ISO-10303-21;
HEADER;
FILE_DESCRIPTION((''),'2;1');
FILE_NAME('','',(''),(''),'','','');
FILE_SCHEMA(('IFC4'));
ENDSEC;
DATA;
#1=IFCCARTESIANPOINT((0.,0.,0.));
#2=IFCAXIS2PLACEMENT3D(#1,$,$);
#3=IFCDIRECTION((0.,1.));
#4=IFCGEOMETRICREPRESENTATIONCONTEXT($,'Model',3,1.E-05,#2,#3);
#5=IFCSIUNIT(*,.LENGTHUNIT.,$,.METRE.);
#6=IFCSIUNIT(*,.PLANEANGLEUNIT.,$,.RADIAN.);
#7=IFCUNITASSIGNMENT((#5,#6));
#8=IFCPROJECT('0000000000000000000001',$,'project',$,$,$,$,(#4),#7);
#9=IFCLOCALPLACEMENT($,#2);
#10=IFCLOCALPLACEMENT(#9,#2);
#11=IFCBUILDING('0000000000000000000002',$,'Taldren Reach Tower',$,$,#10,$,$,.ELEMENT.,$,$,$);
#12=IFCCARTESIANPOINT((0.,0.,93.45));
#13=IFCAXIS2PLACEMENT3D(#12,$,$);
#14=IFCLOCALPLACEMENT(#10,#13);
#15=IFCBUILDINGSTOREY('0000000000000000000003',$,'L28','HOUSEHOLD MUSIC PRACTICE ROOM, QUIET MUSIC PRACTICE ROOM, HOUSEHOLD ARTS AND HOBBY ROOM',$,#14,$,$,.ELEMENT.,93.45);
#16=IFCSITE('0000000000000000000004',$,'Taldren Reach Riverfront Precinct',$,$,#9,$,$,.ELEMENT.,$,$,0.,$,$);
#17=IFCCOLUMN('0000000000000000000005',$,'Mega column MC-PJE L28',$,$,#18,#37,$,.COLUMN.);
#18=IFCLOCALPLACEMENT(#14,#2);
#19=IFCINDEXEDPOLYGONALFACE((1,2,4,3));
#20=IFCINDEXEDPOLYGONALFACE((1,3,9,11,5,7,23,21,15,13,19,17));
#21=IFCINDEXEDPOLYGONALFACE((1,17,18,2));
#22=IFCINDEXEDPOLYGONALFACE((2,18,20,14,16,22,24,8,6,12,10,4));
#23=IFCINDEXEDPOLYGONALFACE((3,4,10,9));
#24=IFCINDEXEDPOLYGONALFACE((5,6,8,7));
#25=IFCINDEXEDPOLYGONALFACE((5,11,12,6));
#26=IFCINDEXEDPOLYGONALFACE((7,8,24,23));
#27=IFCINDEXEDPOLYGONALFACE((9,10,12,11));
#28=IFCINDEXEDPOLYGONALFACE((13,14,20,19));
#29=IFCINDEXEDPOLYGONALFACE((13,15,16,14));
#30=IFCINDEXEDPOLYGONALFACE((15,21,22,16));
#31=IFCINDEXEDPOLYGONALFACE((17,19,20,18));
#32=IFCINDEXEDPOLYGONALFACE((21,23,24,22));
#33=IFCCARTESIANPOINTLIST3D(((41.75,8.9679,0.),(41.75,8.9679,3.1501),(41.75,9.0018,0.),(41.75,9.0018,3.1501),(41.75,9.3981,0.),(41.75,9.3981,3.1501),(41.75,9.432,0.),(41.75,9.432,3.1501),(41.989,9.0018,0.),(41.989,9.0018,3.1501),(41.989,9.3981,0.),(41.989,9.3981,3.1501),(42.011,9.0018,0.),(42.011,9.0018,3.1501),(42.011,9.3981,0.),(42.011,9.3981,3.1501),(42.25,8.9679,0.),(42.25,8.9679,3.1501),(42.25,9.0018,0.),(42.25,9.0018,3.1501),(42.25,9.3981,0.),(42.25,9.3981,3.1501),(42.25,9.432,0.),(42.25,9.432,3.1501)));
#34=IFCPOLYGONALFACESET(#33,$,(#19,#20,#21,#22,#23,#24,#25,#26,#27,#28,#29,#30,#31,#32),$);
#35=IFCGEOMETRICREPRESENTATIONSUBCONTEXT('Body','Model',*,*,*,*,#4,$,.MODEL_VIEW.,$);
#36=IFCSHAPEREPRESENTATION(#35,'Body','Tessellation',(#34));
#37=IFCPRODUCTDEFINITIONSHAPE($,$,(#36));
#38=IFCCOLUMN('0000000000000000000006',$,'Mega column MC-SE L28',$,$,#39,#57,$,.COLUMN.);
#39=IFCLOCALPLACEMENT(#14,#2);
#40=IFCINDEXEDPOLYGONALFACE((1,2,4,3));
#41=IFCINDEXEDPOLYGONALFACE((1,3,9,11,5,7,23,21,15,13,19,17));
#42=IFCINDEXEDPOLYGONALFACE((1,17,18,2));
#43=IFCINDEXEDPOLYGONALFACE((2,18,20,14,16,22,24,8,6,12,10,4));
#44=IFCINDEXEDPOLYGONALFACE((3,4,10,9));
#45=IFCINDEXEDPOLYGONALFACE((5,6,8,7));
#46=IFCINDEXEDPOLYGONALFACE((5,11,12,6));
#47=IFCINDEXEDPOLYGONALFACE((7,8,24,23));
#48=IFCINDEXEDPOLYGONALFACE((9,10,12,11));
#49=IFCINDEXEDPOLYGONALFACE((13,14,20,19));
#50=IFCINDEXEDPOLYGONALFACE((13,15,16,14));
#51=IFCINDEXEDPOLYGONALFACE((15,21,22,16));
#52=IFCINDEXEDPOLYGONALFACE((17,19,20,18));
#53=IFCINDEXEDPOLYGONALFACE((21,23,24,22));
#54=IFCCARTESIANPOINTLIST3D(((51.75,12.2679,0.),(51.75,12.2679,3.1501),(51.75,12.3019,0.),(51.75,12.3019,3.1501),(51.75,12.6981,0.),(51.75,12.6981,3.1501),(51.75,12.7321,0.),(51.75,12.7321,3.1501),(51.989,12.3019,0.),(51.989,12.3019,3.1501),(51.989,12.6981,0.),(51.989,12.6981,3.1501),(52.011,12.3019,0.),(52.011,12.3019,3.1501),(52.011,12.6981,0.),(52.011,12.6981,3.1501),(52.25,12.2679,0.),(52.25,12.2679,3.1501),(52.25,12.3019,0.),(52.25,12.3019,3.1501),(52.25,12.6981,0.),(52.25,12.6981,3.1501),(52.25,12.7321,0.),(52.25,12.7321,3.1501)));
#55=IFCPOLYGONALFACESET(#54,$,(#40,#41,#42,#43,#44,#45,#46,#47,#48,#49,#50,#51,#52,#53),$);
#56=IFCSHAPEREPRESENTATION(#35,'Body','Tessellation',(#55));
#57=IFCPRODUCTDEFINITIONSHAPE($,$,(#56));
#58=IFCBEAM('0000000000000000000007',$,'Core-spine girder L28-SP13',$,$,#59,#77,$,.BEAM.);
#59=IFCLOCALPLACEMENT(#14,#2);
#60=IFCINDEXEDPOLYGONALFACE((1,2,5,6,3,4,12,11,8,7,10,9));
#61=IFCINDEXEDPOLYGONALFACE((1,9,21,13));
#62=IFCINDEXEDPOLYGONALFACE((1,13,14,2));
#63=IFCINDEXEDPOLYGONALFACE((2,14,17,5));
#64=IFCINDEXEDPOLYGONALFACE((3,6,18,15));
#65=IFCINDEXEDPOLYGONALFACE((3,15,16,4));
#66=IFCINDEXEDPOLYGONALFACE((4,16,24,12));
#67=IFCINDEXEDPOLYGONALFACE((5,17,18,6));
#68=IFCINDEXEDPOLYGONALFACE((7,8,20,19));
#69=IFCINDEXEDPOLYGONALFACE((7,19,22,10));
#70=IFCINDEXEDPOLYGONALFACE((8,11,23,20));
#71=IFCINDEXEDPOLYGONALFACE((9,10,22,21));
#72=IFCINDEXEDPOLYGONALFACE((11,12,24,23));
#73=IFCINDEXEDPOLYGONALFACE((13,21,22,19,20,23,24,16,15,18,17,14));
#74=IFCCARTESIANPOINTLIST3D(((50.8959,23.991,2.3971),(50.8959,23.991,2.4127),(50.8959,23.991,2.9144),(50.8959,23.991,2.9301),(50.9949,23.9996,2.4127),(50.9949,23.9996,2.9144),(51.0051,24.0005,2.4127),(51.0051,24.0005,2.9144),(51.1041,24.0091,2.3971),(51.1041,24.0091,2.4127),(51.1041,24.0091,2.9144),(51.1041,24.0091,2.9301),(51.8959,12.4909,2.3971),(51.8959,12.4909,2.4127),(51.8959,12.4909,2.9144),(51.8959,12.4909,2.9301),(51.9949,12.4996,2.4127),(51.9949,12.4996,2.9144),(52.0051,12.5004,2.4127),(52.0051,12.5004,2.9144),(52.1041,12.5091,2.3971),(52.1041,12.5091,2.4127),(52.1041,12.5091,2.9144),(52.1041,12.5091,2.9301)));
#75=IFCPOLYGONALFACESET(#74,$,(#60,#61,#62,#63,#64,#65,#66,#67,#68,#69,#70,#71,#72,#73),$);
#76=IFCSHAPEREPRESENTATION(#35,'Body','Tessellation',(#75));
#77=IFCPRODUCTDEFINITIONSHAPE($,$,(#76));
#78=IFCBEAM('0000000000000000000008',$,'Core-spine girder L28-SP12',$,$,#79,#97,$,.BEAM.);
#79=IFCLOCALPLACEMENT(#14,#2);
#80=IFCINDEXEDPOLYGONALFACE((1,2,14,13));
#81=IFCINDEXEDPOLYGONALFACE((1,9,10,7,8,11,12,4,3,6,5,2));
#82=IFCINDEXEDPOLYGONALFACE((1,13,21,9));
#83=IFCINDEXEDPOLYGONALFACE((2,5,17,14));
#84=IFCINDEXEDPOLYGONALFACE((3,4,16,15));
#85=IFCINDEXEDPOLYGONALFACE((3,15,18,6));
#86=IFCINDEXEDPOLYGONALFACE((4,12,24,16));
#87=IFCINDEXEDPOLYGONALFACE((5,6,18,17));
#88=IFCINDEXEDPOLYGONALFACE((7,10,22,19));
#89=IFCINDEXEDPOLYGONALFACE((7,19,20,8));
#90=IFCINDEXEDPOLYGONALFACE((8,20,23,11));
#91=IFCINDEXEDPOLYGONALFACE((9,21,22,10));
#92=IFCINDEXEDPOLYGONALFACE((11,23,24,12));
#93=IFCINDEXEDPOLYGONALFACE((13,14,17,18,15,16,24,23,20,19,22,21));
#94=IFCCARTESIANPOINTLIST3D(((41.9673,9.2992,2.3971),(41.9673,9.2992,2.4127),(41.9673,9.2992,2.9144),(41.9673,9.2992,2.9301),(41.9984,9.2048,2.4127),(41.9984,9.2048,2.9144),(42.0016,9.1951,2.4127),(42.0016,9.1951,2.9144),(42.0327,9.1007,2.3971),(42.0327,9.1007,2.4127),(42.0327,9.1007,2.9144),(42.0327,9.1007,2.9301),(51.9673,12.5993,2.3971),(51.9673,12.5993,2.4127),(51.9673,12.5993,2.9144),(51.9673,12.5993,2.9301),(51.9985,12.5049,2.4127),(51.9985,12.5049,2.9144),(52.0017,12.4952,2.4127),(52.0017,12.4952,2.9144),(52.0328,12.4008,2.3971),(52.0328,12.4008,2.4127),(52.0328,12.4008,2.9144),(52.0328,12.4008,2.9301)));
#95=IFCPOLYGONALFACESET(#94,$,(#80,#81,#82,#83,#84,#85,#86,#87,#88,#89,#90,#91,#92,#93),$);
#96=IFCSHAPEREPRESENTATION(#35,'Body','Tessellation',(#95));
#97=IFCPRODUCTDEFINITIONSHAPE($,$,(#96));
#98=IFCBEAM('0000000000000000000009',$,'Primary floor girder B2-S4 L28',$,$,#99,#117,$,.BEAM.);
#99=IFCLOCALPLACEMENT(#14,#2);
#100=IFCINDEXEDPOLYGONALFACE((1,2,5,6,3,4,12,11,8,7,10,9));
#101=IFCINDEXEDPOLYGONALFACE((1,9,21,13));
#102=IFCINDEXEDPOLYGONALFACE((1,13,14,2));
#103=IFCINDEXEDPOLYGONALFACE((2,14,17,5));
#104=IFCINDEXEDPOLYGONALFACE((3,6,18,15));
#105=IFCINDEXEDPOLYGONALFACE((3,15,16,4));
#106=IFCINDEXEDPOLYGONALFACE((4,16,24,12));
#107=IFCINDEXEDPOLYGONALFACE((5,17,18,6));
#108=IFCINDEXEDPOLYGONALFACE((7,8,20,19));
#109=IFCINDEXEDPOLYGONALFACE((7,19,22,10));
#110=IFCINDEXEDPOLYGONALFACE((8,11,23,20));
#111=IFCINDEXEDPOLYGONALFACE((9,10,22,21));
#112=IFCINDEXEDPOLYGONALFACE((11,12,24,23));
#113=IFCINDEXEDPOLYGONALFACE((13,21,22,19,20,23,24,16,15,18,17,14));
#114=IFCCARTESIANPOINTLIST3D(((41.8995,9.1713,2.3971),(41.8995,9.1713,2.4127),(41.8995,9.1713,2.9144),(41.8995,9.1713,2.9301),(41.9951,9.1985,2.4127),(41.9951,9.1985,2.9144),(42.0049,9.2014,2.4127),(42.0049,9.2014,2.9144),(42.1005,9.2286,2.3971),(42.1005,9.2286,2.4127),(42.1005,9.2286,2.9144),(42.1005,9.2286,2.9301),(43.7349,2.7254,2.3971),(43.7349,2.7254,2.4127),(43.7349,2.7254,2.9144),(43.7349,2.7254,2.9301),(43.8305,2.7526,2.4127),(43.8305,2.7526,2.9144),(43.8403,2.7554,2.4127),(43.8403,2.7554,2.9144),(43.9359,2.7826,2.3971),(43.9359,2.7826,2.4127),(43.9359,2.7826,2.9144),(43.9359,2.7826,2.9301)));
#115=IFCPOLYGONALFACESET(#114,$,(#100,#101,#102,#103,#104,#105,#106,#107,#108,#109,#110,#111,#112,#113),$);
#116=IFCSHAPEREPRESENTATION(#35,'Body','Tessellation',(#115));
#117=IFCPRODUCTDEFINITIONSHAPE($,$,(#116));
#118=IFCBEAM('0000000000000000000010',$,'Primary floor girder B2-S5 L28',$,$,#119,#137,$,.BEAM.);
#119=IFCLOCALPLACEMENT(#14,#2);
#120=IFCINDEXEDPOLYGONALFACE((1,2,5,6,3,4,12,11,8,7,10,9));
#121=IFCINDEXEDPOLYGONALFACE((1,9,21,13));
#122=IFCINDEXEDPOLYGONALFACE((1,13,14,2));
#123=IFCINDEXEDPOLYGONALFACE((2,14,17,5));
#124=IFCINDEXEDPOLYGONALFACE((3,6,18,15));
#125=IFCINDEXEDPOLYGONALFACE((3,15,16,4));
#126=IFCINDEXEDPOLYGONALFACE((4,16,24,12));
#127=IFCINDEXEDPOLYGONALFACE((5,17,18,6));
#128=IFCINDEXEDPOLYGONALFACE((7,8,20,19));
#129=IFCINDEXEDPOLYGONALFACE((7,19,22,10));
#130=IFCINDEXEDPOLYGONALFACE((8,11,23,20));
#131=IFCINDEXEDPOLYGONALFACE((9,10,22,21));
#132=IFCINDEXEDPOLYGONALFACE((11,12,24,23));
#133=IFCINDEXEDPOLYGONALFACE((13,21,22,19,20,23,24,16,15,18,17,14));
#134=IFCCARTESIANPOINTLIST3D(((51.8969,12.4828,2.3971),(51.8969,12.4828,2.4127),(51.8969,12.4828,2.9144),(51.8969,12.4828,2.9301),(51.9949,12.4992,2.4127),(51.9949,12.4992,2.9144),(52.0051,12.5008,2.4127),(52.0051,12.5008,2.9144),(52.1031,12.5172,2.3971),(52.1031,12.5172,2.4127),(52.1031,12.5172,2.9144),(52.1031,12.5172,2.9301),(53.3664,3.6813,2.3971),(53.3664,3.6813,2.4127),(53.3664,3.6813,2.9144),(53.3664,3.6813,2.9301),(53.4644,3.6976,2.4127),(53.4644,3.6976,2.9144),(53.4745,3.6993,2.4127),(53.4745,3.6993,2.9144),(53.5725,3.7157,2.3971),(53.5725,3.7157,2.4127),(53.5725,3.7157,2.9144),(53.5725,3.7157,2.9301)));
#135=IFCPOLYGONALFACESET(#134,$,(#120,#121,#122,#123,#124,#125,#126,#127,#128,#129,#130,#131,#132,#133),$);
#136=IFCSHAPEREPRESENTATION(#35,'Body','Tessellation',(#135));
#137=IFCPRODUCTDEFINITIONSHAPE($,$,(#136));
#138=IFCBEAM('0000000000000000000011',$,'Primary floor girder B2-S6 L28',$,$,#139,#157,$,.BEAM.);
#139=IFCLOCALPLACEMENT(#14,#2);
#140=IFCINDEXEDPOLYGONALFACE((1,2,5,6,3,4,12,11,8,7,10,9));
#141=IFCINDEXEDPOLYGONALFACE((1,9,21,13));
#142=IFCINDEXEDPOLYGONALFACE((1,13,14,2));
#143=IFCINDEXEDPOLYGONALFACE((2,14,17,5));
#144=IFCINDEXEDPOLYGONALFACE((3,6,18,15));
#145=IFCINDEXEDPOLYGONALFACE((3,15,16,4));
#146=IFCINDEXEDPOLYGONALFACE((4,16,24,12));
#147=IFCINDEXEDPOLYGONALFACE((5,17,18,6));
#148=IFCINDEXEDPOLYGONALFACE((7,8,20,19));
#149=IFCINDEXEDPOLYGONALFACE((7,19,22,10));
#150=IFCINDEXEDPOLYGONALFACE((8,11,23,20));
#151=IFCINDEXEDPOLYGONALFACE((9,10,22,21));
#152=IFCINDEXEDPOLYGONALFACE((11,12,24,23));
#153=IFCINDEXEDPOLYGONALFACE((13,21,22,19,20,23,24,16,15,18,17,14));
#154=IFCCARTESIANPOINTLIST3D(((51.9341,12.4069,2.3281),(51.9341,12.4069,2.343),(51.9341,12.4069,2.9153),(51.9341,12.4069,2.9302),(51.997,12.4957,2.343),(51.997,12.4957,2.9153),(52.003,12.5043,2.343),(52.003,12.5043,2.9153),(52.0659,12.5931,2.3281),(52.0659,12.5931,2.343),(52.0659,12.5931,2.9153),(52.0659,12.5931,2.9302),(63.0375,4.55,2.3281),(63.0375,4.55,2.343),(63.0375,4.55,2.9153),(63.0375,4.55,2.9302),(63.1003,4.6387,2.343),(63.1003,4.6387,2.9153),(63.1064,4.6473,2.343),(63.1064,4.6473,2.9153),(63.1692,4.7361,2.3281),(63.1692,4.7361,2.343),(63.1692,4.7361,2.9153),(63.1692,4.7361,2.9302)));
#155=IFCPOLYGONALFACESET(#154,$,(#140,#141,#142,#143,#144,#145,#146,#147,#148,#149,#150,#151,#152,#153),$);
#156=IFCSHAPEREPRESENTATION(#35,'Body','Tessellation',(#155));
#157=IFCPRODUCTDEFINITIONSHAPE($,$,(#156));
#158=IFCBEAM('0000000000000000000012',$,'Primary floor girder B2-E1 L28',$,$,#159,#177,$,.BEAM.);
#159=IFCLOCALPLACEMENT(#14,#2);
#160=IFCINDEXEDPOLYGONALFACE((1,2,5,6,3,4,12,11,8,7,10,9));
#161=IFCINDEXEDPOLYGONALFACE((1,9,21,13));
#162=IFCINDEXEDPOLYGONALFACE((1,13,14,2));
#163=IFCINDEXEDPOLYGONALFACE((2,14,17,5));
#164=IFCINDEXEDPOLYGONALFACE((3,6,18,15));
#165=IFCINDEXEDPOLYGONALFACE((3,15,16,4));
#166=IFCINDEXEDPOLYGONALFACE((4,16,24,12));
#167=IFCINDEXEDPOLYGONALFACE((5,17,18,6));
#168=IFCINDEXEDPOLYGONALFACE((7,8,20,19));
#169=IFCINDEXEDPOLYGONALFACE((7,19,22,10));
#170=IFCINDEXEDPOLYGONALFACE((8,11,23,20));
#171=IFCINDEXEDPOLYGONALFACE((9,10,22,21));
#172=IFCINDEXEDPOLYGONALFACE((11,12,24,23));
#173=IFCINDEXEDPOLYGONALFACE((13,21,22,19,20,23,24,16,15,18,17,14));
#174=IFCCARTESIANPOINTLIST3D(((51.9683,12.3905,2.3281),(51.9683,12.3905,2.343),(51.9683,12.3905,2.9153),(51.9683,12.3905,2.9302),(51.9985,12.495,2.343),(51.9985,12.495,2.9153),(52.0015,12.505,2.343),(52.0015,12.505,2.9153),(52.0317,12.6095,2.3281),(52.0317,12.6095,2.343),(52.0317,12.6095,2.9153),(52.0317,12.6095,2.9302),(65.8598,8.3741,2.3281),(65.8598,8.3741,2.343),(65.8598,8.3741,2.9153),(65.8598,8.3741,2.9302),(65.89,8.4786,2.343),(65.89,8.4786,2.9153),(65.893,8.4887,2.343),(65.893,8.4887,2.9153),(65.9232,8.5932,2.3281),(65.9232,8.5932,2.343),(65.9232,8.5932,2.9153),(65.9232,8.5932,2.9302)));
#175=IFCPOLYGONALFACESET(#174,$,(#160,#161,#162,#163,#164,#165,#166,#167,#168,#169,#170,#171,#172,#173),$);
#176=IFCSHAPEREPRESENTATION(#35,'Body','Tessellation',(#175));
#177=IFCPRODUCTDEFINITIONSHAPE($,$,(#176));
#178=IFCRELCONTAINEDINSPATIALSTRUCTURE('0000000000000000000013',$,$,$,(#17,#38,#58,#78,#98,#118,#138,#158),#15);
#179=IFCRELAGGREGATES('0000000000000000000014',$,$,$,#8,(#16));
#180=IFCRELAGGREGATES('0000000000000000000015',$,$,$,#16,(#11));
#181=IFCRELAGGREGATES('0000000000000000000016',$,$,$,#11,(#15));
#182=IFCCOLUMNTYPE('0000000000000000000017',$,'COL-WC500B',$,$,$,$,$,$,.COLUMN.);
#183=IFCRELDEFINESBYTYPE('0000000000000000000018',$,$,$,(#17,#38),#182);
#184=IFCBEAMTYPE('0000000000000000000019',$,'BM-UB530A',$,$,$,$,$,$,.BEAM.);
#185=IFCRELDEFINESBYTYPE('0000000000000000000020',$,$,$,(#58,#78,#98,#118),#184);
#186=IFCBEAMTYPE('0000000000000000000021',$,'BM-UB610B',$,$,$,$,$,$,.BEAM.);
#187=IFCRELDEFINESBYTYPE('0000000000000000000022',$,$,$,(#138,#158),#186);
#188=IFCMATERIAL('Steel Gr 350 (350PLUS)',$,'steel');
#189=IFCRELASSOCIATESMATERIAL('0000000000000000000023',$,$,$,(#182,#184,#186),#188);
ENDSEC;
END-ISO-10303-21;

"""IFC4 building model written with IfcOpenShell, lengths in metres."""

from ifc_helpers import new_model, si_unit, direction, frame, origin, origin_2d, place, context, subcontext, project, spatial, i_section, extrude, source, transform, mapped, material, material_profile, profile_set, type_object, element, save


model = new_model("IFC4")

# Units and contexts
model_context = context("Model", 3, precision=1e-05, world=origin(), true_north=direction((0.0, 1.0)))
body_context = subcontext(model_context, "Body", "Model", "MODEL_VIEW")
ifc_project = project(units=[si_unit("LENGTHUNIT", "METRE"), si_unit("PLANEANGLEUNIT", "RADIAN")], contexts=[model_context])

# Site, building, storey
site_placement = place(None, origin())
site = spatial("IfcSite", under=ifc_project, at=site_placement, Name="Taldren Reach Riverfront Precinct", CompositionType="ELEMENT", RefElevation=0.0)
building_placement = place(site_placement, origin())
building = spatial("IfcBuilding", under=site, at=building_placement, Name="Taldren Reach Tower", CompositionType="ELEMENT")
storey_placement = place(building_placement, frame((0.0, 0.0, 93.45)))
storey = spatial("IfcBuildingStorey", under=building, at=storey_placement, Name="L28", Description="HOUSEHOLD MUSIC PRACTICE ROOM, QUIET MUSIC PRACTICE ROOM, HOUSEHOLD ARTS AND HOBBY ROOM", CompositionType="ELEMENT", Elevation=93.45)

# Columns
ifc_material_1 = material(Name="Steel Gr 350 (350PLUS)", Category="steel")
ifc_material_profile_1 = material_profile(ifc_material_1, i_section(OverallWidth=0.5, OverallDepth=0.4641, WebThickness=0.022, FlangeThickness=0.0339, at=origin_2d()), Name="500WC340")
ifc_profile_set_1 = profile_set([ifc_material_profile_1], Name="Steel Gr 350 (350PLUS)")
column_type = type_object("IfcColumnType", Name="COL-WC500B", PredefinedType="COLUMN", material=ifc_profile_set_1)
shared_shape_1 = source(origin(), body_context, "Body", "SweptSolid", [
    extrude(i_section(OverallWidth=0.5, OverallDepth=0.4641, WebThickness=0.022, FlangeThickness=0.0339, at=origin_2d()), origin(), (0.0, 0.0, 1.0), 3.1501),
])
for number, where, z_axis, x_axis, name in (
    (1, (42.0, 9.2, 0.0), (0.0, 0.0, 1.0), (1.0, 0.0, 0.0), "Mega column MC-PJE L28"),
    (2, (52.0, 12.5, 0.0), (0.0, 0.0, 1.0), (1.0, 0.0, 0.0), "Mega column MC-SE L28"),
):
    element("IfcColumn", number, at=place(storey_placement, frame(where, z_axis=z_axis, x_axis=x_axis)), inside=storey, type_object=column_type, Name=name, PredefinedType="COLUMN", context=body_context, shape_type="MappedRepresentation", body=[
        mapped(shared_shape_1, transform((0.0, 0.0, 0.0), scale=1.0)),
    ])

# Beams
ifc_material_profile_2 = material_profile(ifc_material_1, i_section(OverallWidth=0.209, OverallDepth=0.533, WebThickness=0.0103, FlangeThickness=0.0156, at=origin_2d()), Name="530UB92.4")
ifc_profile_set_2 = profile_set([ifc_material_profile_2], Name="Steel Gr 350 (350PLUS)")
beam_type_1 = type_object("IfcBeamType", Name="BM-UB530A", PredefinedType="BEAM", material=ifc_profile_set_2)
shared_shape_2 = source(origin(), body_context, "Body", "SweptSolid", [
    extrude(i_section(OverallWidth=0.209, OverallDepth=0.533, WebThickness=0.0103, FlangeThickness=0.0156, at=origin_2d()), origin(), (0.0, 0.0, 1.0), 11.5435),
])
beam_1_placement = place(storey_placement, frame((52.0, 12.5, 2.6636), z_axis=(-0.08663, 0.996241, 0.0), x_axis=(-0.996241, -0.08663, 0.0)))
element("IfcBeam", 3, at=beam_1_placement, inside=storey, type_object=beam_type_1, Name="Core-spine girder L28-SP13", PredefinedType="BEAM", context=body_context, shape_type="MappedRepresentation", body=[
    mapped(shared_shape_2, transform((0.0, 0.0, 0.0), scale=1.0)),
])
shared_shape_3 = source(origin(), body_context, "Body", "SweptSolid", [
    extrude(i_section(OverallWidth=0.209, OverallDepth=0.533, WebThickness=0.0103, FlangeThickness=0.0156, at=origin_2d()), origin(), (0.0, 0.0, 1.0), 10.5305),
])
beam_2_placement = place(storey_placement, frame((42.0, 9.2, 2.6636), z_axis=(0.949627, 0.313382, 0.0), x_axis=(-0.313382, 0.949627, 0.0)))
element("IfcBeam", 4, at=beam_2_placement, inside=storey, type_object=beam_type_1, Name="Core-spine girder L28-SP12", PredefinedType="BEAM", context=body_context, shape_type="MappedRepresentation", body=[
    mapped(shared_shape_3, transform((0.0, 0.0, 0.0), scale=1.0)),
])
shared_shape_4 = source(origin(), body_context, "Body", "SweptSolid", [
    extrude(i_section(OverallWidth=0.209, OverallDepth=0.533, WebThickness=0.0103, FlangeThickness=0.0156, at=origin_2d()), origin(), (0.0, 0.0, 1.0), 6.7021),
])
beam_3_placement = place(storey_placement, frame((42.0, 9.2, 2.6636), z_axis=(0.273855, -0.961771, 0.0), x_axis=(0.961771, 0.273855, 0.0)))
element("IfcBeam", 5, at=beam_3_placement, inside=storey, type_object=beam_type_1, Name="Primary floor girder B2-S4 L28", PredefinedType="BEAM", context=body_context, shape_type="MappedRepresentation", body=[
    mapped(shared_shape_4, transform((0.0, 0.0, 0.0), scale=1.0)),
])
shared_shape_5 = source(origin(), body_context, "Body", "SweptSolid", [
    extrude(i_section(OverallWidth=0.209, OverallDepth=0.533, WebThickness=0.0103, FlangeThickness=0.0156, at=origin_2d()), origin(), (0.0, 0.0, 1.0), 8.9233),
])
beam_4_placement = place(storey_placement, frame((52.0, 12.5, 2.6636), z_axis=(0.164678, -0.986347, 0.0), x_axis=(0.986347, 0.164678, 0.0)))
element("IfcBeam", 6, at=beam_4_placement, inside=storey, type_object=beam_type_1, Name="Primary floor girder B2-S5 L28", PredefinedType="BEAM", context=body_context, shape_type="MappedRepresentation", body=[
    mapped(shared_shape_5, transform((0.0, 0.0, 0.0), scale=1.0)),
])
ifc_material_profile_3 = material_profile(ifc_material_1, i_section(OverallWidth=0.228, OverallDepth=0.6021, WebThickness=0.0105, FlangeThickness=0.0149, at=origin_2d()), Name="610UB101")
ifc_profile_set_3 = profile_set([ifc_material_profile_3], Name="Steel Gr 350 (350PLUS)")
beam_type_2 = type_object("IfcBeamType", Name="BM-UB610B", PredefinedType="BEAM", material=ifc_profile_set_3)
shared_shape_6 = source(origin(), body_context, "Body", "SweptSolid", [
    extrude(i_section(OverallWidth=0.228, OverallDepth=0.6021, WebThickness=0.0105, FlangeThickness=0.0149, at=origin_2d()), origin(), (0.0, 0.0, 1.0), 13.6021),
])
beam_5_placement = place(storey_placement, frame((52.0, 12.5, 2.6292), z_axis=(0.816298, -0.577631, 0.0), x_axis=(0.577631, 0.816298, 0.0)))
element("IfcBeam", 7, at=beam_5_placement, inside=storey, type_object=beam_type_2, Name="Primary floor girder B2-S6 L28", PredefinedType="BEAM", context=body_context, shape_type="MappedRepresentation", body=[
    mapped(shared_shape_6, transform((0.0, 0.0, 0.0), scale=1.0)),
])
shared_shape_7 = source(origin(), body_context, "Body", "SweptSolid", [
    extrude(i_section(OverallWidth=0.228, OverallDepth=0.6021, WebThickness=0.0105, FlangeThickness=0.0149, at=origin_2d()), origin(), (0.0, 0.0, 1.0), 14.4604),
])
beam_6_placement = place(storey_placement, frame((52.0, 12.5, 2.6292), z_axis=(0.960655, -0.277746, 0.0), x_axis=(0.277746, 0.960655, 0.0)))
element("IfcBeam", 8, at=beam_6_placement, inside=storey, type_object=beam_type_2, Name="Primary floor girder B2-E1 L28", PredefinedType="BEAM", context=body_context, shape_type="MappedRepresentation", body=[
    mapped(shared_shape_7, transform((0.0, 0.0, 0.0), scale=1.0)),
])

save(model, "model.ifc")
